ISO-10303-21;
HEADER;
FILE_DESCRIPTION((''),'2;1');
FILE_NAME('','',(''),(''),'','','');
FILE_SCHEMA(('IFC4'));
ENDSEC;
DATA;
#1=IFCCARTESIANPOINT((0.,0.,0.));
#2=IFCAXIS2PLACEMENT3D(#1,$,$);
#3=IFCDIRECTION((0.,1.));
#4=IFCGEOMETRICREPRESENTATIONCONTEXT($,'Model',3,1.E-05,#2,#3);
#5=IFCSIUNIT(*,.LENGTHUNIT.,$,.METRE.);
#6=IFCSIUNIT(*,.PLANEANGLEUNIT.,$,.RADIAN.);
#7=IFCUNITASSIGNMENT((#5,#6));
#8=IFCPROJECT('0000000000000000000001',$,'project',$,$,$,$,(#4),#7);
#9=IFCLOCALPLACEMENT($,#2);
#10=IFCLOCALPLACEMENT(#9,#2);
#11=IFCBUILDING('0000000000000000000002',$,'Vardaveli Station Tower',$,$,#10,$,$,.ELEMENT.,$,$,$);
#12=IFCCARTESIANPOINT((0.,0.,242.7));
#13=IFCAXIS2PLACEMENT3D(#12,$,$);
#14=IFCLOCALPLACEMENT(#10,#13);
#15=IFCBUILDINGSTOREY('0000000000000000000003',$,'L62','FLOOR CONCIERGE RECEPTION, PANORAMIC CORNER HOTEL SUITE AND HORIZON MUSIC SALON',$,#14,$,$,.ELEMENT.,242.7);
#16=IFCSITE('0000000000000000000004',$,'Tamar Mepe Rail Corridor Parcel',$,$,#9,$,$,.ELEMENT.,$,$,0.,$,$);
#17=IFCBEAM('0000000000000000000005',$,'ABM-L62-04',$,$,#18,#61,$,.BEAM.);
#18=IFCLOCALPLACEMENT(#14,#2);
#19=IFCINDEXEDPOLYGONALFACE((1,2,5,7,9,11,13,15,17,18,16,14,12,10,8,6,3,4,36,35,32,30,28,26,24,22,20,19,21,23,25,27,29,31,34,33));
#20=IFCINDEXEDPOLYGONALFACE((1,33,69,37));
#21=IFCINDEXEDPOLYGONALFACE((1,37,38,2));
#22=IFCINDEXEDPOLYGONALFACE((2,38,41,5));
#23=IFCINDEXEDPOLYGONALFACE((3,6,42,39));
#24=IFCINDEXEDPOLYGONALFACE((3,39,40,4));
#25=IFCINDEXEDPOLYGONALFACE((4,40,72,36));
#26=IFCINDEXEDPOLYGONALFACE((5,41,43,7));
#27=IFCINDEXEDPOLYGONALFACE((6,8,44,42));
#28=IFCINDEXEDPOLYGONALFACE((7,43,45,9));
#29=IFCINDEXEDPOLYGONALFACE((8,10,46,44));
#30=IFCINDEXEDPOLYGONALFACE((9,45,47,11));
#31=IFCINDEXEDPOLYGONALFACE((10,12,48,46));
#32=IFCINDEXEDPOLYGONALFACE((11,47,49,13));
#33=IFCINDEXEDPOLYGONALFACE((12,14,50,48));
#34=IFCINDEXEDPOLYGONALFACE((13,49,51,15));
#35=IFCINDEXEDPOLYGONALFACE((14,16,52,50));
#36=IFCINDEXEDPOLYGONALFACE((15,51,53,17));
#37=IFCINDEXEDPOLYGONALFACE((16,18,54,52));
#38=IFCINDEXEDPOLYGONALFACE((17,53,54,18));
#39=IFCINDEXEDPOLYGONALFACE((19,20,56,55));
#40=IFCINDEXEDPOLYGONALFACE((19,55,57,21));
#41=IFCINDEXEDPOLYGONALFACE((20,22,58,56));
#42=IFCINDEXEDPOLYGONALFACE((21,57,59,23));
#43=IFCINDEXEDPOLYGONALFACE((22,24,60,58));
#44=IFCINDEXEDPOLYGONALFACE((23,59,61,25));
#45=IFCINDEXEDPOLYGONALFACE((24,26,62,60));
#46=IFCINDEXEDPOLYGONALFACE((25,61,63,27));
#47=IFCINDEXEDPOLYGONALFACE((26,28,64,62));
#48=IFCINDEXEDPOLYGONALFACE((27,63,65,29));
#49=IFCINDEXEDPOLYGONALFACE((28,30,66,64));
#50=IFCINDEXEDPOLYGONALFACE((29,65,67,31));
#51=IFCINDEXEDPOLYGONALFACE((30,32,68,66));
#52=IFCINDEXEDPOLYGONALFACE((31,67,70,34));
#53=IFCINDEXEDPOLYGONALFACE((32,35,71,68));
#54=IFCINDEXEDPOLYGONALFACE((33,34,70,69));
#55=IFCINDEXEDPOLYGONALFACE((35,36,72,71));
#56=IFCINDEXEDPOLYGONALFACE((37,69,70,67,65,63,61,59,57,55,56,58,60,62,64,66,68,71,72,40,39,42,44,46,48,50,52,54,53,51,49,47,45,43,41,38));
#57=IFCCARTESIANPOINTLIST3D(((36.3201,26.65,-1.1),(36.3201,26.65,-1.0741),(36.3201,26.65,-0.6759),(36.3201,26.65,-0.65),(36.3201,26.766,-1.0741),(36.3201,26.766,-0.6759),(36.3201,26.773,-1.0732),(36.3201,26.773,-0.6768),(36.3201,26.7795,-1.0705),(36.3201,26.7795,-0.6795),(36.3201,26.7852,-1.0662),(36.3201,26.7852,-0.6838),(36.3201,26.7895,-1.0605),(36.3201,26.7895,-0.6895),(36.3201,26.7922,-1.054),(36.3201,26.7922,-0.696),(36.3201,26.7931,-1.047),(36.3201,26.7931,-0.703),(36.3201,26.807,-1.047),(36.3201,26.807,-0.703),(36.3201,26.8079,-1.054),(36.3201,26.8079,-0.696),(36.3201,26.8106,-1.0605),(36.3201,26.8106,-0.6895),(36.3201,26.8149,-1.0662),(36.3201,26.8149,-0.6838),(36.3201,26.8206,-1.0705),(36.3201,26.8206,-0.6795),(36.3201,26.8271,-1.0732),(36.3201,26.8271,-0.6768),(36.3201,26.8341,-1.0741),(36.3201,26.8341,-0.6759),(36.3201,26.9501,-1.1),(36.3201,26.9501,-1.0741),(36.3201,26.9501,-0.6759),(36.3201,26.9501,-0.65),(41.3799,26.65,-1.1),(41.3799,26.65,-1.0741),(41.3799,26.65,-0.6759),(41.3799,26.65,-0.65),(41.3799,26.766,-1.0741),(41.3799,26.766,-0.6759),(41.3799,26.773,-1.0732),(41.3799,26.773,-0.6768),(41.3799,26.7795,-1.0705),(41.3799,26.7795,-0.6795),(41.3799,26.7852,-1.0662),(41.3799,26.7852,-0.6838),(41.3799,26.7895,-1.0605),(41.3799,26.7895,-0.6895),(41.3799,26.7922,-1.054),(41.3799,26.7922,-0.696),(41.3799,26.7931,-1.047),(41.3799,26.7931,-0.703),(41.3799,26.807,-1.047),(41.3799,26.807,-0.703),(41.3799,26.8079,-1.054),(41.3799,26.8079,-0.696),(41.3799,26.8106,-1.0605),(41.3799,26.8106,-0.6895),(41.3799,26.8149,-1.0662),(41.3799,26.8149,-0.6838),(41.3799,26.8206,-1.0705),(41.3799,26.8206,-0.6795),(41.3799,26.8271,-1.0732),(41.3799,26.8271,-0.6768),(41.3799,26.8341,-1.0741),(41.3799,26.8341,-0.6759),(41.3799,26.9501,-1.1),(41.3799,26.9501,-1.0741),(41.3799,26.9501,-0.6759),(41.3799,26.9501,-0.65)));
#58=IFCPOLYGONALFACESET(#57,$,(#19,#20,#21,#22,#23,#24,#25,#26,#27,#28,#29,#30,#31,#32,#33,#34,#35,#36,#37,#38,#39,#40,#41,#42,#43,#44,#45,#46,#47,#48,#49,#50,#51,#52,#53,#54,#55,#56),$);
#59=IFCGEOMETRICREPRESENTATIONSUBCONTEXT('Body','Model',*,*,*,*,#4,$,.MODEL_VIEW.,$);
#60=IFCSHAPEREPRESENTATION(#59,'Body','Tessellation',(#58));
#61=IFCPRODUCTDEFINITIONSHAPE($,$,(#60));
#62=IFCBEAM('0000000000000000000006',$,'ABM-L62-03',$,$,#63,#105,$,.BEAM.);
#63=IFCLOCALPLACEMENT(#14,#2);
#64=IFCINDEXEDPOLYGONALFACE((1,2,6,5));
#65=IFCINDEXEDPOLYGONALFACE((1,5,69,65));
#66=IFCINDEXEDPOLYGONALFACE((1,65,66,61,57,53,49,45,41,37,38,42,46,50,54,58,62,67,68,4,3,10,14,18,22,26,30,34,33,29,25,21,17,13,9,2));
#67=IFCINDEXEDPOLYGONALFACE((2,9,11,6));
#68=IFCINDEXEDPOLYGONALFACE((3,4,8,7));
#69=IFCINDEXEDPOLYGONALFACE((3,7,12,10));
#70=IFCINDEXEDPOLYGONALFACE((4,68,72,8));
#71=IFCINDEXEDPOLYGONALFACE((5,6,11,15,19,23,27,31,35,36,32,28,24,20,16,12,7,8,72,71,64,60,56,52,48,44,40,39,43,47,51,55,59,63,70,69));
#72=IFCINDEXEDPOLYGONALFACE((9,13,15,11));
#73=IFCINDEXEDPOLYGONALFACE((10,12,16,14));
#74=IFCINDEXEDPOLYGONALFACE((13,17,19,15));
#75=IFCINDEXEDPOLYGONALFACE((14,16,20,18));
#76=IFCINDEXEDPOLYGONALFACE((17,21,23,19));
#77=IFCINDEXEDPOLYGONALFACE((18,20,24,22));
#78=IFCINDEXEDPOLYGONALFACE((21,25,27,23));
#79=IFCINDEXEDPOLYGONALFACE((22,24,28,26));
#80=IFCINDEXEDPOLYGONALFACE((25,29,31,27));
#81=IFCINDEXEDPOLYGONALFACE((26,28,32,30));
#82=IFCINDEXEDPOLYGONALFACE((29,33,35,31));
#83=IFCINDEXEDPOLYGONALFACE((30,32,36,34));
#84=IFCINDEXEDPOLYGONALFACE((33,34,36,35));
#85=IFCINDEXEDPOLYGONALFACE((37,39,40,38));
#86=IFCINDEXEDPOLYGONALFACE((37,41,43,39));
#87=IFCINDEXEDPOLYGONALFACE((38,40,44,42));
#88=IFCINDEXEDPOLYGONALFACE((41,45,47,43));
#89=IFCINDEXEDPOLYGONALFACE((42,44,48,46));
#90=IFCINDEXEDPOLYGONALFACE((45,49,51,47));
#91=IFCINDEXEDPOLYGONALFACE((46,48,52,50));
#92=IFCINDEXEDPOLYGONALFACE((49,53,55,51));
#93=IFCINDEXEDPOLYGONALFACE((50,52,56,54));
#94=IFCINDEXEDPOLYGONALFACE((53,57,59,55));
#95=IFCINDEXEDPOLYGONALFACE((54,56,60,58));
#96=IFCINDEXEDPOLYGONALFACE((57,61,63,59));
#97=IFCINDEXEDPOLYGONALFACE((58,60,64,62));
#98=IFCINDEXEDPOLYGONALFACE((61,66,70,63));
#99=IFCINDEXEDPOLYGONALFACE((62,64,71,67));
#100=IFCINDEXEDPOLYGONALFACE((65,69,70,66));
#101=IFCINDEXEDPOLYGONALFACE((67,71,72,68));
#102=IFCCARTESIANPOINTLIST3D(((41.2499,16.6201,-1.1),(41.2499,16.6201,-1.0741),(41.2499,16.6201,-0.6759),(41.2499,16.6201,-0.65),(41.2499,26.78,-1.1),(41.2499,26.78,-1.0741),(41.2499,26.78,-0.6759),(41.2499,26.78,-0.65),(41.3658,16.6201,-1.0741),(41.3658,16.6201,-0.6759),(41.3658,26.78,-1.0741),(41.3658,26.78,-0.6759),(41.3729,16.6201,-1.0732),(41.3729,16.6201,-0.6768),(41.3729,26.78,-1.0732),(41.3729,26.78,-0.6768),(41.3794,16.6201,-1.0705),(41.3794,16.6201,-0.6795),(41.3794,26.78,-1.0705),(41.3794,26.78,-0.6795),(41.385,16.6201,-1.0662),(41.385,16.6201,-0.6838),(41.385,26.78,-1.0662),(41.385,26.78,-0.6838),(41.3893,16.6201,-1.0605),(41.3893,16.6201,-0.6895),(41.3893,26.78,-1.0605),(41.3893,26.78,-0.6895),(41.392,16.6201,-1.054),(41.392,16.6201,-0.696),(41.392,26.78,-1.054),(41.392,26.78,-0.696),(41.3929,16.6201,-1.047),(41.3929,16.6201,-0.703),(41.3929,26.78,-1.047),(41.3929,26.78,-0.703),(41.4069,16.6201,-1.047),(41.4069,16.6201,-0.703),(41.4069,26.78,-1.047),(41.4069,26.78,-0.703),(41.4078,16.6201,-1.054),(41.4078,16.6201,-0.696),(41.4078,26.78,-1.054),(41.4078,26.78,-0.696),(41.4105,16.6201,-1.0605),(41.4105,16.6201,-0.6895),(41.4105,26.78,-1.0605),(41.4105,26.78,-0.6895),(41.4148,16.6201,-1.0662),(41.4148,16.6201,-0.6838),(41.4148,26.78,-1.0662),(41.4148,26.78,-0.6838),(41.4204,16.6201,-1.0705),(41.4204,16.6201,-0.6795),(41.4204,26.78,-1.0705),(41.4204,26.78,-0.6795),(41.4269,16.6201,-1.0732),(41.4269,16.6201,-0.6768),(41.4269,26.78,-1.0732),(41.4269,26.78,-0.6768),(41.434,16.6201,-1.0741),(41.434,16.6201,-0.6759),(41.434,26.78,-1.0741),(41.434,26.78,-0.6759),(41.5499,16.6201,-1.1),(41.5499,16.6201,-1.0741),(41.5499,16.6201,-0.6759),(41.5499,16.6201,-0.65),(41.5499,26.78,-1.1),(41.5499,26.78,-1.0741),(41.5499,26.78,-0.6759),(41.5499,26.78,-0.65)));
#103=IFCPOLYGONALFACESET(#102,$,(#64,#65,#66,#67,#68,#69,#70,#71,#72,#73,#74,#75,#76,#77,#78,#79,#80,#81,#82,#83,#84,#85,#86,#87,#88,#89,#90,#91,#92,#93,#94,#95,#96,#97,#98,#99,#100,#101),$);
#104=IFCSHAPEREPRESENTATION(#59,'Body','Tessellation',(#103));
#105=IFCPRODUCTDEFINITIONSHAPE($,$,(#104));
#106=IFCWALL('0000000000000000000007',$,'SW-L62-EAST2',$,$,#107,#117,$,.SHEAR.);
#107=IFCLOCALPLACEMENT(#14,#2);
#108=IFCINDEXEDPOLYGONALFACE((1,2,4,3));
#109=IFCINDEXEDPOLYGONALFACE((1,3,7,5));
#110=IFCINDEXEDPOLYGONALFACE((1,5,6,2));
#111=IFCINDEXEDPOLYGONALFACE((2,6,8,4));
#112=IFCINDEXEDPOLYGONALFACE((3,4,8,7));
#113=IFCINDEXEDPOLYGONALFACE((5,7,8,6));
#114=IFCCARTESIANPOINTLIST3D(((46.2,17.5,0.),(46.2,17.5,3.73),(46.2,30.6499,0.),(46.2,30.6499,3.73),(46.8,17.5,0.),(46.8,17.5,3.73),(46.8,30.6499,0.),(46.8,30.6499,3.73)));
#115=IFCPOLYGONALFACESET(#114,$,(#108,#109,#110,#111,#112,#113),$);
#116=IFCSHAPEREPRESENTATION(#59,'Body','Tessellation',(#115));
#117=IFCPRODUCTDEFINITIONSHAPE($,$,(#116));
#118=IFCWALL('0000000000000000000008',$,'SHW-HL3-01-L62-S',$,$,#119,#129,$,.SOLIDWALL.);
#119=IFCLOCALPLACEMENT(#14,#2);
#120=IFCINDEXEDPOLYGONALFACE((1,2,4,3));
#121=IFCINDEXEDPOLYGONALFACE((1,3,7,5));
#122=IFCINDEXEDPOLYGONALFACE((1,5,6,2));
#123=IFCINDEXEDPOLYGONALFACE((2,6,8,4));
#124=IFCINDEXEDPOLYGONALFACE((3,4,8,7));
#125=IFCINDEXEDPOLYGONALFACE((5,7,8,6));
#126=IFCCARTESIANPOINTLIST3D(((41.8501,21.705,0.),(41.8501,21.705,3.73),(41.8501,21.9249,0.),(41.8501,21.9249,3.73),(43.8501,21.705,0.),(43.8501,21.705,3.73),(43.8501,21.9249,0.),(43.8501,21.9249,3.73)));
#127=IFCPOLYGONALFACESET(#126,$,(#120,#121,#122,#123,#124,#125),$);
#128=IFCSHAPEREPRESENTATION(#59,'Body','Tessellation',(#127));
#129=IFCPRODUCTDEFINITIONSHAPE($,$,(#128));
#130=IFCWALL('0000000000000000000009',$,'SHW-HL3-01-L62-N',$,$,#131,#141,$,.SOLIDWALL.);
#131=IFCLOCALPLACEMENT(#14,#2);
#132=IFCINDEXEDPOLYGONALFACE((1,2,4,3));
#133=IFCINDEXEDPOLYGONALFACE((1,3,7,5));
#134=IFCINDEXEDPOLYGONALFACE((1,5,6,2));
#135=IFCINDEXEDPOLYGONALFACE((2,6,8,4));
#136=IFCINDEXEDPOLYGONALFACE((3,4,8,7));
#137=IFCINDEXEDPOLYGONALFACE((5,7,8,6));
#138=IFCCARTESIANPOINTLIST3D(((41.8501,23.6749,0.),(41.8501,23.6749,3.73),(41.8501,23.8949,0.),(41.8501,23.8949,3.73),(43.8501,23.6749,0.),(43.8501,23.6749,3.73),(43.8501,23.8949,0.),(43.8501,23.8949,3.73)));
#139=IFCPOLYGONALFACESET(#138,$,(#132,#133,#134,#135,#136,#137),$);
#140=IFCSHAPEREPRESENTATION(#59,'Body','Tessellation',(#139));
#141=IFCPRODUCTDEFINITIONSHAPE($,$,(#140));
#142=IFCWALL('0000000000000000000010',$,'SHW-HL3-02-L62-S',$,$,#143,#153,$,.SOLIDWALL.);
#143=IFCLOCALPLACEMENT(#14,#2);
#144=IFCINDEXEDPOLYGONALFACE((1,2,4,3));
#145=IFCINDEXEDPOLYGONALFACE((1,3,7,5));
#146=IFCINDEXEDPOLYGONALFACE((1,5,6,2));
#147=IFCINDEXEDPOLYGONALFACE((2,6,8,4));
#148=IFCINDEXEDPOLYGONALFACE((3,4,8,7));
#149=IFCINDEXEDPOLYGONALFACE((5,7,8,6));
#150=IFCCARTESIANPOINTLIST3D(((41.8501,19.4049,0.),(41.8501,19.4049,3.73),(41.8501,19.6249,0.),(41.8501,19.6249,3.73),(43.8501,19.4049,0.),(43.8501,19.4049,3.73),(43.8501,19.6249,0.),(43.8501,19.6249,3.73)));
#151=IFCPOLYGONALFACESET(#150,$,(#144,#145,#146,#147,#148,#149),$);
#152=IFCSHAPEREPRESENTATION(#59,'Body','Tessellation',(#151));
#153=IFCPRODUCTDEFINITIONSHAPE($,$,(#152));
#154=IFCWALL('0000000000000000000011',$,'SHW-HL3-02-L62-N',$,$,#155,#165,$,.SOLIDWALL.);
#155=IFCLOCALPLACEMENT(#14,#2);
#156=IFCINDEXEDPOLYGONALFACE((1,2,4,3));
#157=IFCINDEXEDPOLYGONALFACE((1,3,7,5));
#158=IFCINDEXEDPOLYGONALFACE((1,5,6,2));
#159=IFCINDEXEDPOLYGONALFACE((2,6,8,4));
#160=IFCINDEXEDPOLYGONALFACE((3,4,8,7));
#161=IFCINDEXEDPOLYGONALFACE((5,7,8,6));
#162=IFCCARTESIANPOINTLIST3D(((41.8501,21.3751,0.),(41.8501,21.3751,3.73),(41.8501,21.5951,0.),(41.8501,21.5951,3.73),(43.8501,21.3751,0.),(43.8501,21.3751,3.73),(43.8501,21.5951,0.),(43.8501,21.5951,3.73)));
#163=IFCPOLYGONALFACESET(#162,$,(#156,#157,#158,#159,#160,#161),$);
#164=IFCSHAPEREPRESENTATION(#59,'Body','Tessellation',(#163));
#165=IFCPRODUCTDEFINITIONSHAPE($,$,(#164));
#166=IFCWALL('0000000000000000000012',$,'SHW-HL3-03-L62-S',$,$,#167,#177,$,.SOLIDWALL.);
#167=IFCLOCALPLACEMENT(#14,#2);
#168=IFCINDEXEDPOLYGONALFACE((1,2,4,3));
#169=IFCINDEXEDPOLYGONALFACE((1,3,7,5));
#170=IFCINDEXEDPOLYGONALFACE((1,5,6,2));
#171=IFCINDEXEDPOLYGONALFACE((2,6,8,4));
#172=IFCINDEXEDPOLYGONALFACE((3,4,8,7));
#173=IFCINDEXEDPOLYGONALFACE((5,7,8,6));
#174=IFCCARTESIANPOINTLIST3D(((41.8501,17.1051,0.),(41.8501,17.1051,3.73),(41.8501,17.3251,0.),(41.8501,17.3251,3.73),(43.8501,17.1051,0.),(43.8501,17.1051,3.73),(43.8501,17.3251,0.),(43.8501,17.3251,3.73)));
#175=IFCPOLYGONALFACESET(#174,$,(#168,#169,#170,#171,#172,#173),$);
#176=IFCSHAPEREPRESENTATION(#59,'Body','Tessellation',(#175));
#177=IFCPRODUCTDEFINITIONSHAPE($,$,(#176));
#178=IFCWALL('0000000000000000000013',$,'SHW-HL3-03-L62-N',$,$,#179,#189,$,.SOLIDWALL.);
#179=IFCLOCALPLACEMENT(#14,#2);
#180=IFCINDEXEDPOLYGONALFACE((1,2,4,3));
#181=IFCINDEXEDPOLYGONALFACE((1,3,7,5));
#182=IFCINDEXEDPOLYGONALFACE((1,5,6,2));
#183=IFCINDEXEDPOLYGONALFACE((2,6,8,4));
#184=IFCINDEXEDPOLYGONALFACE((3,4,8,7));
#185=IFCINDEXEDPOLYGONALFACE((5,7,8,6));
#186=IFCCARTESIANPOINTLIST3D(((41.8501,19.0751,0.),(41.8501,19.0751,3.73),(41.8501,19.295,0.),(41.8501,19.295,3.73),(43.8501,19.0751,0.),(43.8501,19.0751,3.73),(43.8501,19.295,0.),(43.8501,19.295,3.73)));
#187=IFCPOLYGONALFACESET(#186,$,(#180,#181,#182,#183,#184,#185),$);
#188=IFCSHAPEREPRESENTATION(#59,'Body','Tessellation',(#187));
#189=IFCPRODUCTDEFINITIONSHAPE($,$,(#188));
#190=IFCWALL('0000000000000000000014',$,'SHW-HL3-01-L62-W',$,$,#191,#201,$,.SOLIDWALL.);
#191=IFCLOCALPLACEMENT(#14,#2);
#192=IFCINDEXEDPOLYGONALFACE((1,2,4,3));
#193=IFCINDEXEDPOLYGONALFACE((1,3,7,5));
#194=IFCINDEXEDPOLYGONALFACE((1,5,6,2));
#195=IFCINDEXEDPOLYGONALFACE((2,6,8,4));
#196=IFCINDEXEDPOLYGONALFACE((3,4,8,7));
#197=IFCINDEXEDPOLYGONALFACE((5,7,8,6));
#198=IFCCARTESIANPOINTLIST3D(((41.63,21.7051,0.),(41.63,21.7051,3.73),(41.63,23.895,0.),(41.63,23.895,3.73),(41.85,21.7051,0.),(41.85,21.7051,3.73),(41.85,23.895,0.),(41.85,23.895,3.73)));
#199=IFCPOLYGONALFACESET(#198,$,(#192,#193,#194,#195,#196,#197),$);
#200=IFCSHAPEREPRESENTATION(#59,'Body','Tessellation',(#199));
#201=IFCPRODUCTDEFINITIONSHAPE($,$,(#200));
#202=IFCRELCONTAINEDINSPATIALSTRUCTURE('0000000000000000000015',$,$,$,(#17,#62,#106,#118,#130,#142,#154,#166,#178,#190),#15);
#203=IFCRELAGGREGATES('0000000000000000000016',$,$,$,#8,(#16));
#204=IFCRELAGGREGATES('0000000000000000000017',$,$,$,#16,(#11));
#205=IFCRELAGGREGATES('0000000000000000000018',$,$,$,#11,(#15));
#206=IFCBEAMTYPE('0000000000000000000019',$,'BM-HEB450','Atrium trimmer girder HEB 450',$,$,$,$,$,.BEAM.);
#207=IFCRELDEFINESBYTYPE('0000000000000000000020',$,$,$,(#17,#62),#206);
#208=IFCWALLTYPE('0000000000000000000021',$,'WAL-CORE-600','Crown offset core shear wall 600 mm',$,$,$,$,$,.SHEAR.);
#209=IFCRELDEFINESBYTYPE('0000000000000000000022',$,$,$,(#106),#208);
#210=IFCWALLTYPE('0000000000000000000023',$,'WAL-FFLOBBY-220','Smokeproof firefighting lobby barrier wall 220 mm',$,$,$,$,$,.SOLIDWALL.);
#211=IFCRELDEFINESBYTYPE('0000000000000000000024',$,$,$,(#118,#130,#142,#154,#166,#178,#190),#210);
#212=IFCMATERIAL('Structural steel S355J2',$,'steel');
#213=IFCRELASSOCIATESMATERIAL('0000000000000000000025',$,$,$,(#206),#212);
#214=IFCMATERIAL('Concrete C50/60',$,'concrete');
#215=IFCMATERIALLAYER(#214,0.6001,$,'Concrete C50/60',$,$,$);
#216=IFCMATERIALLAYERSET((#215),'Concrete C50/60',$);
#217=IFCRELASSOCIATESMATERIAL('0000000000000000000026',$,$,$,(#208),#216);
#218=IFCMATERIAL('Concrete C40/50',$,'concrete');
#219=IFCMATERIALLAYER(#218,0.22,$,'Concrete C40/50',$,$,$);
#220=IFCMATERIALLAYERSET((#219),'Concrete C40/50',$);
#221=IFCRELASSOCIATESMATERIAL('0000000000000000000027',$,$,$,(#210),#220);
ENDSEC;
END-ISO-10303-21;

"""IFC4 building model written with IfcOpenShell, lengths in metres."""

from ifc_helpers import new_model, si_unit, direction, frame, frame_2d, origin, origin_2d, place, context, subcontext, project, spatial, rectangle, i_section, extrude, source, transform, mapped, material, layer, layer_set, material_profile, profile_set, type_object, element, save


model = new_model("IFC4")

# Units and contexts
model_context = context("Model", 3, precision=1e-05, world=origin(), true_north=direction((0.0, 1.0)))
body_context = subcontext(model_context, "Body", "Model", "MODEL_VIEW")
ifc_project = project(units=[si_unit("LENGTHUNIT", "METRE"), si_unit("PLANEANGLEUNIT", "RADIAN")], contexts=[model_context])

# Site, building, storey
site_placement = place(None, origin())
site = spatial("IfcSite", under=ifc_project, at=site_placement, Name="Tamar Mepe Rail Corridor Parcel", CompositionType="ELEMENT", RefElevation=0.0)
building_placement = place(site_placement, origin())
building = spatial("IfcBuilding", under=site, at=building_placement, Name="Vardaveli Station Tower", CompositionType="ELEMENT")
storey_placement = place(building_placement, frame((0.0, 0.0, 242.7)))
storey = spatial("IfcBuildingStorey", under=building, at=storey_placement, Name="L62", Description="FLOOR CONCIERGE RECEPTION, PANORAMIC CORNER HOTEL SUITE AND HORIZON MUSIC SALON", CompositionType="ELEMENT", Elevation=242.7)

# Beams
ifc_material_1 = material(Name="Structural steel S355J2", Category="steel")
ifc_material_profile = material_profile(ifc_material_1, i_section(OverallWidth=0.3, OverallDepth=0.45, WebThickness=0.0139, FlangeThickness=0.0259, FilletRadius=0.0271, at=origin_2d()), Name="HEB 450")
ifc_profile_set = profile_set([ifc_material_profile], Name="Structural steel S355J2")
beam_type = type_object("IfcBeamType", Name="BM-HEB450", Description="Atrium trimmer girder HEB 450", PredefinedType="BEAM", material=ifc_profile_set)
shared_shape_1 = source(origin(), body_context, "Body", "SweptSolid", [
    extrude(i_section(OverallWidth=0.3, OverallDepth=0.45, WebThickness=0.0139, FlangeThickness=0.0259, FilletRadius=0.0271, at=origin_2d()), origin(), (0.0, 0.0, 1.0), 5.0598),
])
beam_1_placement = place(storey_placement, frame((41.3799, 26.8, -0.875), z_axis=(-1.0, 0.0, 0.0), x_axis=(0.0, -1.0, 0.0)))
element("IfcBeam", 1, at=beam_1_placement, inside=storey, type_object=beam_type, Name="ABM-L62-04", PredefinedType="BEAM", context=body_context, shape_type="MappedRepresentation", body=[
    mapped(shared_shape_1, transform((0.0, 0.0, 0.0), scale=1.0)),
])
shared_shape_2 = source(origin(), body_context, "Body", "SweptSolid", [
    extrude(i_section(OverallWidth=0.3, OverallDepth=0.45, WebThickness=0.0139, FlangeThickness=0.0259, FilletRadius=0.0271, at=origin_2d()), origin(), (0.0, 0.0, 1.0), 10.1599),
])
beam_2_placement = place(storey_placement, frame((41.3999, 16.6201, -0.875), z_axis=(0.0, 1.0, 0.0), x_axis=(-1.0, 0.0, 0.0)))
element("IfcBeam", 2, at=beam_2_placement, inside=storey, type_object=beam_type, Name="ABM-L62-03", PredefinedType="BEAM", context=body_context, shape_type="MappedRepresentation", body=[
    mapped(shared_shape_2, transform((0.0, 0.0, 0.0), scale=1.0)),
])

# Walls
ifc_material_2 = material(Name="Concrete C50/60", Category="concrete")
ifc_layer_1 = layer(ifc_material_2, 0.6001, Name="Concrete C50/60")
ifc_layer_set_1 = layer_set([ifc_layer_1], Name="Concrete C50/60")
wall_type_1 = type_object("IfcWallType", Name="WAL-CORE-600", Description="Crown offset core shear wall 600 mm", PredefinedType="SHEAR", material=ifc_layer_set_1)
shared_shape_3 = source(origin(), body_context, "Body", "SweptSolid", [
    extrude(rectangle(XDim=13.1499, YDim=0.6001, at=frame_2d((6.575, 0.0))), origin(), (0.0, 0.0, 1.0), 3.73),
])
wall_1_placement = place(storey_placement, frame((46.5, 17.5, 0.0), z_axis=(0.0, 0.0, 1.0), x_axis=(0.0, 1.0, 0.0)))
element("IfcWall", 3, at=wall_1_placement, inside=storey, type_object=wall_type_1, Name="SW-L62-EAST2", PredefinedType="SHEAR", context=body_context, shape_type="MappedRepresentation", body=[
    mapped(shared_shape_3, transform((0.0, 0.0, 0.0), scale=1.0)),
])
ifc_material_3 = material(Name="Concrete C40/50", Category="concrete")
ifc_layer_2 = layer(ifc_material_3, 0.22, Name="Concrete C40/50")
ifc_layer_set_2 = layer_set([ifc_layer_2], Name="Concrete C40/50")
wall_type_2 = type_object("IfcWallType", Name="WAL-FFLOBBY-220", Description="Smokeproof firefighting lobby barrier wall 220 mm", PredefinedType="SOLIDWALL", material=ifc_layer_set_2)
shared_shape_4 = source(origin(), body_context, "Body", "SweptSolid", [
    extrude(rectangle(XDim=2.0, YDim=0.22, at=frame_2d((1.0, 0.0))), origin(), (0.0, 0.0, 1.0), 3.73),
])
for number, where, z_axis, x_axis, name in (
    (4, (41.8501, 21.8149, 0.0), (0.0, 0.0, 1.0), (1.0, 0.0, 0.0), "SHW-HL3-01-L62-S"),
    (5, (41.8501, 23.7849, 0.0), (0.0, 0.0, 1.0), (1.0, 0.0, 0.0), "SHW-HL3-01-L62-N"),
    (6, (41.8501, 19.5149, 0.0), (0.0, 0.0, 1.0), (1.0, 0.0, 0.0), "SHW-HL3-02-L62-S"),
    (7, (41.8501, 21.4851, 0.0), (0.0, 0.0, 1.0), (1.0, 0.0, 0.0), "SHW-HL3-02-L62-N"),
    (8, (41.8501, 17.2151, 0.0), (0.0, 0.0, 1.0), (1.0, 0.0, 0.0), "SHW-HL3-03-L62-S"),
    (9, (41.8501, 19.1851, 0.0), (0.0, 0.0, 1.0), (1.0, 0.0, 0.0), "SHW-HL3-03-L62-N"),
):
    element("IfcWall", number, at=place(storey_placement, frame(where, z_axis=z_axis, x_axis=x_axis)), inside=storey, type_object=wall_type_2, Name=name, PredefinedType="SOLIDWALL", context=body_context, shape_type="MappedRepresentation", body=[
        mapped(shared_shape_4, transform((0.0, 0.0, 0.0), scale=1.0)),
    ])
shared_shape_5 = source(origin(), body_context, "Body", "SweptSolid", [
    extrude(rectangle(XDim=2.1899, YDim=0.22, at=frame_2d((1.095, 0.0))), origin(), (0.0, 0.0, 1.0), 3.73),
])
wall_2_placement = place(storey_placement, frame((41.74, 21.7051, 0.0), z_axis=(0.0, 0.0, 1.0), x_axis=(0.0, 1.0, 0.0)))
element("IfcWall", 10, at=wall_2_placement, inside=storey, type_object=wall_type_2, Name="SHW-HL3-01-L62-W", PredefinedType="SOLIDWALL", context=body_context, shape_type="MappedRepresentation", body=[
    mapped(shared_shape_5, transform((0.0, 0.0, 0.0), scale=1.0)),
])

save(model, "model.ifc")
